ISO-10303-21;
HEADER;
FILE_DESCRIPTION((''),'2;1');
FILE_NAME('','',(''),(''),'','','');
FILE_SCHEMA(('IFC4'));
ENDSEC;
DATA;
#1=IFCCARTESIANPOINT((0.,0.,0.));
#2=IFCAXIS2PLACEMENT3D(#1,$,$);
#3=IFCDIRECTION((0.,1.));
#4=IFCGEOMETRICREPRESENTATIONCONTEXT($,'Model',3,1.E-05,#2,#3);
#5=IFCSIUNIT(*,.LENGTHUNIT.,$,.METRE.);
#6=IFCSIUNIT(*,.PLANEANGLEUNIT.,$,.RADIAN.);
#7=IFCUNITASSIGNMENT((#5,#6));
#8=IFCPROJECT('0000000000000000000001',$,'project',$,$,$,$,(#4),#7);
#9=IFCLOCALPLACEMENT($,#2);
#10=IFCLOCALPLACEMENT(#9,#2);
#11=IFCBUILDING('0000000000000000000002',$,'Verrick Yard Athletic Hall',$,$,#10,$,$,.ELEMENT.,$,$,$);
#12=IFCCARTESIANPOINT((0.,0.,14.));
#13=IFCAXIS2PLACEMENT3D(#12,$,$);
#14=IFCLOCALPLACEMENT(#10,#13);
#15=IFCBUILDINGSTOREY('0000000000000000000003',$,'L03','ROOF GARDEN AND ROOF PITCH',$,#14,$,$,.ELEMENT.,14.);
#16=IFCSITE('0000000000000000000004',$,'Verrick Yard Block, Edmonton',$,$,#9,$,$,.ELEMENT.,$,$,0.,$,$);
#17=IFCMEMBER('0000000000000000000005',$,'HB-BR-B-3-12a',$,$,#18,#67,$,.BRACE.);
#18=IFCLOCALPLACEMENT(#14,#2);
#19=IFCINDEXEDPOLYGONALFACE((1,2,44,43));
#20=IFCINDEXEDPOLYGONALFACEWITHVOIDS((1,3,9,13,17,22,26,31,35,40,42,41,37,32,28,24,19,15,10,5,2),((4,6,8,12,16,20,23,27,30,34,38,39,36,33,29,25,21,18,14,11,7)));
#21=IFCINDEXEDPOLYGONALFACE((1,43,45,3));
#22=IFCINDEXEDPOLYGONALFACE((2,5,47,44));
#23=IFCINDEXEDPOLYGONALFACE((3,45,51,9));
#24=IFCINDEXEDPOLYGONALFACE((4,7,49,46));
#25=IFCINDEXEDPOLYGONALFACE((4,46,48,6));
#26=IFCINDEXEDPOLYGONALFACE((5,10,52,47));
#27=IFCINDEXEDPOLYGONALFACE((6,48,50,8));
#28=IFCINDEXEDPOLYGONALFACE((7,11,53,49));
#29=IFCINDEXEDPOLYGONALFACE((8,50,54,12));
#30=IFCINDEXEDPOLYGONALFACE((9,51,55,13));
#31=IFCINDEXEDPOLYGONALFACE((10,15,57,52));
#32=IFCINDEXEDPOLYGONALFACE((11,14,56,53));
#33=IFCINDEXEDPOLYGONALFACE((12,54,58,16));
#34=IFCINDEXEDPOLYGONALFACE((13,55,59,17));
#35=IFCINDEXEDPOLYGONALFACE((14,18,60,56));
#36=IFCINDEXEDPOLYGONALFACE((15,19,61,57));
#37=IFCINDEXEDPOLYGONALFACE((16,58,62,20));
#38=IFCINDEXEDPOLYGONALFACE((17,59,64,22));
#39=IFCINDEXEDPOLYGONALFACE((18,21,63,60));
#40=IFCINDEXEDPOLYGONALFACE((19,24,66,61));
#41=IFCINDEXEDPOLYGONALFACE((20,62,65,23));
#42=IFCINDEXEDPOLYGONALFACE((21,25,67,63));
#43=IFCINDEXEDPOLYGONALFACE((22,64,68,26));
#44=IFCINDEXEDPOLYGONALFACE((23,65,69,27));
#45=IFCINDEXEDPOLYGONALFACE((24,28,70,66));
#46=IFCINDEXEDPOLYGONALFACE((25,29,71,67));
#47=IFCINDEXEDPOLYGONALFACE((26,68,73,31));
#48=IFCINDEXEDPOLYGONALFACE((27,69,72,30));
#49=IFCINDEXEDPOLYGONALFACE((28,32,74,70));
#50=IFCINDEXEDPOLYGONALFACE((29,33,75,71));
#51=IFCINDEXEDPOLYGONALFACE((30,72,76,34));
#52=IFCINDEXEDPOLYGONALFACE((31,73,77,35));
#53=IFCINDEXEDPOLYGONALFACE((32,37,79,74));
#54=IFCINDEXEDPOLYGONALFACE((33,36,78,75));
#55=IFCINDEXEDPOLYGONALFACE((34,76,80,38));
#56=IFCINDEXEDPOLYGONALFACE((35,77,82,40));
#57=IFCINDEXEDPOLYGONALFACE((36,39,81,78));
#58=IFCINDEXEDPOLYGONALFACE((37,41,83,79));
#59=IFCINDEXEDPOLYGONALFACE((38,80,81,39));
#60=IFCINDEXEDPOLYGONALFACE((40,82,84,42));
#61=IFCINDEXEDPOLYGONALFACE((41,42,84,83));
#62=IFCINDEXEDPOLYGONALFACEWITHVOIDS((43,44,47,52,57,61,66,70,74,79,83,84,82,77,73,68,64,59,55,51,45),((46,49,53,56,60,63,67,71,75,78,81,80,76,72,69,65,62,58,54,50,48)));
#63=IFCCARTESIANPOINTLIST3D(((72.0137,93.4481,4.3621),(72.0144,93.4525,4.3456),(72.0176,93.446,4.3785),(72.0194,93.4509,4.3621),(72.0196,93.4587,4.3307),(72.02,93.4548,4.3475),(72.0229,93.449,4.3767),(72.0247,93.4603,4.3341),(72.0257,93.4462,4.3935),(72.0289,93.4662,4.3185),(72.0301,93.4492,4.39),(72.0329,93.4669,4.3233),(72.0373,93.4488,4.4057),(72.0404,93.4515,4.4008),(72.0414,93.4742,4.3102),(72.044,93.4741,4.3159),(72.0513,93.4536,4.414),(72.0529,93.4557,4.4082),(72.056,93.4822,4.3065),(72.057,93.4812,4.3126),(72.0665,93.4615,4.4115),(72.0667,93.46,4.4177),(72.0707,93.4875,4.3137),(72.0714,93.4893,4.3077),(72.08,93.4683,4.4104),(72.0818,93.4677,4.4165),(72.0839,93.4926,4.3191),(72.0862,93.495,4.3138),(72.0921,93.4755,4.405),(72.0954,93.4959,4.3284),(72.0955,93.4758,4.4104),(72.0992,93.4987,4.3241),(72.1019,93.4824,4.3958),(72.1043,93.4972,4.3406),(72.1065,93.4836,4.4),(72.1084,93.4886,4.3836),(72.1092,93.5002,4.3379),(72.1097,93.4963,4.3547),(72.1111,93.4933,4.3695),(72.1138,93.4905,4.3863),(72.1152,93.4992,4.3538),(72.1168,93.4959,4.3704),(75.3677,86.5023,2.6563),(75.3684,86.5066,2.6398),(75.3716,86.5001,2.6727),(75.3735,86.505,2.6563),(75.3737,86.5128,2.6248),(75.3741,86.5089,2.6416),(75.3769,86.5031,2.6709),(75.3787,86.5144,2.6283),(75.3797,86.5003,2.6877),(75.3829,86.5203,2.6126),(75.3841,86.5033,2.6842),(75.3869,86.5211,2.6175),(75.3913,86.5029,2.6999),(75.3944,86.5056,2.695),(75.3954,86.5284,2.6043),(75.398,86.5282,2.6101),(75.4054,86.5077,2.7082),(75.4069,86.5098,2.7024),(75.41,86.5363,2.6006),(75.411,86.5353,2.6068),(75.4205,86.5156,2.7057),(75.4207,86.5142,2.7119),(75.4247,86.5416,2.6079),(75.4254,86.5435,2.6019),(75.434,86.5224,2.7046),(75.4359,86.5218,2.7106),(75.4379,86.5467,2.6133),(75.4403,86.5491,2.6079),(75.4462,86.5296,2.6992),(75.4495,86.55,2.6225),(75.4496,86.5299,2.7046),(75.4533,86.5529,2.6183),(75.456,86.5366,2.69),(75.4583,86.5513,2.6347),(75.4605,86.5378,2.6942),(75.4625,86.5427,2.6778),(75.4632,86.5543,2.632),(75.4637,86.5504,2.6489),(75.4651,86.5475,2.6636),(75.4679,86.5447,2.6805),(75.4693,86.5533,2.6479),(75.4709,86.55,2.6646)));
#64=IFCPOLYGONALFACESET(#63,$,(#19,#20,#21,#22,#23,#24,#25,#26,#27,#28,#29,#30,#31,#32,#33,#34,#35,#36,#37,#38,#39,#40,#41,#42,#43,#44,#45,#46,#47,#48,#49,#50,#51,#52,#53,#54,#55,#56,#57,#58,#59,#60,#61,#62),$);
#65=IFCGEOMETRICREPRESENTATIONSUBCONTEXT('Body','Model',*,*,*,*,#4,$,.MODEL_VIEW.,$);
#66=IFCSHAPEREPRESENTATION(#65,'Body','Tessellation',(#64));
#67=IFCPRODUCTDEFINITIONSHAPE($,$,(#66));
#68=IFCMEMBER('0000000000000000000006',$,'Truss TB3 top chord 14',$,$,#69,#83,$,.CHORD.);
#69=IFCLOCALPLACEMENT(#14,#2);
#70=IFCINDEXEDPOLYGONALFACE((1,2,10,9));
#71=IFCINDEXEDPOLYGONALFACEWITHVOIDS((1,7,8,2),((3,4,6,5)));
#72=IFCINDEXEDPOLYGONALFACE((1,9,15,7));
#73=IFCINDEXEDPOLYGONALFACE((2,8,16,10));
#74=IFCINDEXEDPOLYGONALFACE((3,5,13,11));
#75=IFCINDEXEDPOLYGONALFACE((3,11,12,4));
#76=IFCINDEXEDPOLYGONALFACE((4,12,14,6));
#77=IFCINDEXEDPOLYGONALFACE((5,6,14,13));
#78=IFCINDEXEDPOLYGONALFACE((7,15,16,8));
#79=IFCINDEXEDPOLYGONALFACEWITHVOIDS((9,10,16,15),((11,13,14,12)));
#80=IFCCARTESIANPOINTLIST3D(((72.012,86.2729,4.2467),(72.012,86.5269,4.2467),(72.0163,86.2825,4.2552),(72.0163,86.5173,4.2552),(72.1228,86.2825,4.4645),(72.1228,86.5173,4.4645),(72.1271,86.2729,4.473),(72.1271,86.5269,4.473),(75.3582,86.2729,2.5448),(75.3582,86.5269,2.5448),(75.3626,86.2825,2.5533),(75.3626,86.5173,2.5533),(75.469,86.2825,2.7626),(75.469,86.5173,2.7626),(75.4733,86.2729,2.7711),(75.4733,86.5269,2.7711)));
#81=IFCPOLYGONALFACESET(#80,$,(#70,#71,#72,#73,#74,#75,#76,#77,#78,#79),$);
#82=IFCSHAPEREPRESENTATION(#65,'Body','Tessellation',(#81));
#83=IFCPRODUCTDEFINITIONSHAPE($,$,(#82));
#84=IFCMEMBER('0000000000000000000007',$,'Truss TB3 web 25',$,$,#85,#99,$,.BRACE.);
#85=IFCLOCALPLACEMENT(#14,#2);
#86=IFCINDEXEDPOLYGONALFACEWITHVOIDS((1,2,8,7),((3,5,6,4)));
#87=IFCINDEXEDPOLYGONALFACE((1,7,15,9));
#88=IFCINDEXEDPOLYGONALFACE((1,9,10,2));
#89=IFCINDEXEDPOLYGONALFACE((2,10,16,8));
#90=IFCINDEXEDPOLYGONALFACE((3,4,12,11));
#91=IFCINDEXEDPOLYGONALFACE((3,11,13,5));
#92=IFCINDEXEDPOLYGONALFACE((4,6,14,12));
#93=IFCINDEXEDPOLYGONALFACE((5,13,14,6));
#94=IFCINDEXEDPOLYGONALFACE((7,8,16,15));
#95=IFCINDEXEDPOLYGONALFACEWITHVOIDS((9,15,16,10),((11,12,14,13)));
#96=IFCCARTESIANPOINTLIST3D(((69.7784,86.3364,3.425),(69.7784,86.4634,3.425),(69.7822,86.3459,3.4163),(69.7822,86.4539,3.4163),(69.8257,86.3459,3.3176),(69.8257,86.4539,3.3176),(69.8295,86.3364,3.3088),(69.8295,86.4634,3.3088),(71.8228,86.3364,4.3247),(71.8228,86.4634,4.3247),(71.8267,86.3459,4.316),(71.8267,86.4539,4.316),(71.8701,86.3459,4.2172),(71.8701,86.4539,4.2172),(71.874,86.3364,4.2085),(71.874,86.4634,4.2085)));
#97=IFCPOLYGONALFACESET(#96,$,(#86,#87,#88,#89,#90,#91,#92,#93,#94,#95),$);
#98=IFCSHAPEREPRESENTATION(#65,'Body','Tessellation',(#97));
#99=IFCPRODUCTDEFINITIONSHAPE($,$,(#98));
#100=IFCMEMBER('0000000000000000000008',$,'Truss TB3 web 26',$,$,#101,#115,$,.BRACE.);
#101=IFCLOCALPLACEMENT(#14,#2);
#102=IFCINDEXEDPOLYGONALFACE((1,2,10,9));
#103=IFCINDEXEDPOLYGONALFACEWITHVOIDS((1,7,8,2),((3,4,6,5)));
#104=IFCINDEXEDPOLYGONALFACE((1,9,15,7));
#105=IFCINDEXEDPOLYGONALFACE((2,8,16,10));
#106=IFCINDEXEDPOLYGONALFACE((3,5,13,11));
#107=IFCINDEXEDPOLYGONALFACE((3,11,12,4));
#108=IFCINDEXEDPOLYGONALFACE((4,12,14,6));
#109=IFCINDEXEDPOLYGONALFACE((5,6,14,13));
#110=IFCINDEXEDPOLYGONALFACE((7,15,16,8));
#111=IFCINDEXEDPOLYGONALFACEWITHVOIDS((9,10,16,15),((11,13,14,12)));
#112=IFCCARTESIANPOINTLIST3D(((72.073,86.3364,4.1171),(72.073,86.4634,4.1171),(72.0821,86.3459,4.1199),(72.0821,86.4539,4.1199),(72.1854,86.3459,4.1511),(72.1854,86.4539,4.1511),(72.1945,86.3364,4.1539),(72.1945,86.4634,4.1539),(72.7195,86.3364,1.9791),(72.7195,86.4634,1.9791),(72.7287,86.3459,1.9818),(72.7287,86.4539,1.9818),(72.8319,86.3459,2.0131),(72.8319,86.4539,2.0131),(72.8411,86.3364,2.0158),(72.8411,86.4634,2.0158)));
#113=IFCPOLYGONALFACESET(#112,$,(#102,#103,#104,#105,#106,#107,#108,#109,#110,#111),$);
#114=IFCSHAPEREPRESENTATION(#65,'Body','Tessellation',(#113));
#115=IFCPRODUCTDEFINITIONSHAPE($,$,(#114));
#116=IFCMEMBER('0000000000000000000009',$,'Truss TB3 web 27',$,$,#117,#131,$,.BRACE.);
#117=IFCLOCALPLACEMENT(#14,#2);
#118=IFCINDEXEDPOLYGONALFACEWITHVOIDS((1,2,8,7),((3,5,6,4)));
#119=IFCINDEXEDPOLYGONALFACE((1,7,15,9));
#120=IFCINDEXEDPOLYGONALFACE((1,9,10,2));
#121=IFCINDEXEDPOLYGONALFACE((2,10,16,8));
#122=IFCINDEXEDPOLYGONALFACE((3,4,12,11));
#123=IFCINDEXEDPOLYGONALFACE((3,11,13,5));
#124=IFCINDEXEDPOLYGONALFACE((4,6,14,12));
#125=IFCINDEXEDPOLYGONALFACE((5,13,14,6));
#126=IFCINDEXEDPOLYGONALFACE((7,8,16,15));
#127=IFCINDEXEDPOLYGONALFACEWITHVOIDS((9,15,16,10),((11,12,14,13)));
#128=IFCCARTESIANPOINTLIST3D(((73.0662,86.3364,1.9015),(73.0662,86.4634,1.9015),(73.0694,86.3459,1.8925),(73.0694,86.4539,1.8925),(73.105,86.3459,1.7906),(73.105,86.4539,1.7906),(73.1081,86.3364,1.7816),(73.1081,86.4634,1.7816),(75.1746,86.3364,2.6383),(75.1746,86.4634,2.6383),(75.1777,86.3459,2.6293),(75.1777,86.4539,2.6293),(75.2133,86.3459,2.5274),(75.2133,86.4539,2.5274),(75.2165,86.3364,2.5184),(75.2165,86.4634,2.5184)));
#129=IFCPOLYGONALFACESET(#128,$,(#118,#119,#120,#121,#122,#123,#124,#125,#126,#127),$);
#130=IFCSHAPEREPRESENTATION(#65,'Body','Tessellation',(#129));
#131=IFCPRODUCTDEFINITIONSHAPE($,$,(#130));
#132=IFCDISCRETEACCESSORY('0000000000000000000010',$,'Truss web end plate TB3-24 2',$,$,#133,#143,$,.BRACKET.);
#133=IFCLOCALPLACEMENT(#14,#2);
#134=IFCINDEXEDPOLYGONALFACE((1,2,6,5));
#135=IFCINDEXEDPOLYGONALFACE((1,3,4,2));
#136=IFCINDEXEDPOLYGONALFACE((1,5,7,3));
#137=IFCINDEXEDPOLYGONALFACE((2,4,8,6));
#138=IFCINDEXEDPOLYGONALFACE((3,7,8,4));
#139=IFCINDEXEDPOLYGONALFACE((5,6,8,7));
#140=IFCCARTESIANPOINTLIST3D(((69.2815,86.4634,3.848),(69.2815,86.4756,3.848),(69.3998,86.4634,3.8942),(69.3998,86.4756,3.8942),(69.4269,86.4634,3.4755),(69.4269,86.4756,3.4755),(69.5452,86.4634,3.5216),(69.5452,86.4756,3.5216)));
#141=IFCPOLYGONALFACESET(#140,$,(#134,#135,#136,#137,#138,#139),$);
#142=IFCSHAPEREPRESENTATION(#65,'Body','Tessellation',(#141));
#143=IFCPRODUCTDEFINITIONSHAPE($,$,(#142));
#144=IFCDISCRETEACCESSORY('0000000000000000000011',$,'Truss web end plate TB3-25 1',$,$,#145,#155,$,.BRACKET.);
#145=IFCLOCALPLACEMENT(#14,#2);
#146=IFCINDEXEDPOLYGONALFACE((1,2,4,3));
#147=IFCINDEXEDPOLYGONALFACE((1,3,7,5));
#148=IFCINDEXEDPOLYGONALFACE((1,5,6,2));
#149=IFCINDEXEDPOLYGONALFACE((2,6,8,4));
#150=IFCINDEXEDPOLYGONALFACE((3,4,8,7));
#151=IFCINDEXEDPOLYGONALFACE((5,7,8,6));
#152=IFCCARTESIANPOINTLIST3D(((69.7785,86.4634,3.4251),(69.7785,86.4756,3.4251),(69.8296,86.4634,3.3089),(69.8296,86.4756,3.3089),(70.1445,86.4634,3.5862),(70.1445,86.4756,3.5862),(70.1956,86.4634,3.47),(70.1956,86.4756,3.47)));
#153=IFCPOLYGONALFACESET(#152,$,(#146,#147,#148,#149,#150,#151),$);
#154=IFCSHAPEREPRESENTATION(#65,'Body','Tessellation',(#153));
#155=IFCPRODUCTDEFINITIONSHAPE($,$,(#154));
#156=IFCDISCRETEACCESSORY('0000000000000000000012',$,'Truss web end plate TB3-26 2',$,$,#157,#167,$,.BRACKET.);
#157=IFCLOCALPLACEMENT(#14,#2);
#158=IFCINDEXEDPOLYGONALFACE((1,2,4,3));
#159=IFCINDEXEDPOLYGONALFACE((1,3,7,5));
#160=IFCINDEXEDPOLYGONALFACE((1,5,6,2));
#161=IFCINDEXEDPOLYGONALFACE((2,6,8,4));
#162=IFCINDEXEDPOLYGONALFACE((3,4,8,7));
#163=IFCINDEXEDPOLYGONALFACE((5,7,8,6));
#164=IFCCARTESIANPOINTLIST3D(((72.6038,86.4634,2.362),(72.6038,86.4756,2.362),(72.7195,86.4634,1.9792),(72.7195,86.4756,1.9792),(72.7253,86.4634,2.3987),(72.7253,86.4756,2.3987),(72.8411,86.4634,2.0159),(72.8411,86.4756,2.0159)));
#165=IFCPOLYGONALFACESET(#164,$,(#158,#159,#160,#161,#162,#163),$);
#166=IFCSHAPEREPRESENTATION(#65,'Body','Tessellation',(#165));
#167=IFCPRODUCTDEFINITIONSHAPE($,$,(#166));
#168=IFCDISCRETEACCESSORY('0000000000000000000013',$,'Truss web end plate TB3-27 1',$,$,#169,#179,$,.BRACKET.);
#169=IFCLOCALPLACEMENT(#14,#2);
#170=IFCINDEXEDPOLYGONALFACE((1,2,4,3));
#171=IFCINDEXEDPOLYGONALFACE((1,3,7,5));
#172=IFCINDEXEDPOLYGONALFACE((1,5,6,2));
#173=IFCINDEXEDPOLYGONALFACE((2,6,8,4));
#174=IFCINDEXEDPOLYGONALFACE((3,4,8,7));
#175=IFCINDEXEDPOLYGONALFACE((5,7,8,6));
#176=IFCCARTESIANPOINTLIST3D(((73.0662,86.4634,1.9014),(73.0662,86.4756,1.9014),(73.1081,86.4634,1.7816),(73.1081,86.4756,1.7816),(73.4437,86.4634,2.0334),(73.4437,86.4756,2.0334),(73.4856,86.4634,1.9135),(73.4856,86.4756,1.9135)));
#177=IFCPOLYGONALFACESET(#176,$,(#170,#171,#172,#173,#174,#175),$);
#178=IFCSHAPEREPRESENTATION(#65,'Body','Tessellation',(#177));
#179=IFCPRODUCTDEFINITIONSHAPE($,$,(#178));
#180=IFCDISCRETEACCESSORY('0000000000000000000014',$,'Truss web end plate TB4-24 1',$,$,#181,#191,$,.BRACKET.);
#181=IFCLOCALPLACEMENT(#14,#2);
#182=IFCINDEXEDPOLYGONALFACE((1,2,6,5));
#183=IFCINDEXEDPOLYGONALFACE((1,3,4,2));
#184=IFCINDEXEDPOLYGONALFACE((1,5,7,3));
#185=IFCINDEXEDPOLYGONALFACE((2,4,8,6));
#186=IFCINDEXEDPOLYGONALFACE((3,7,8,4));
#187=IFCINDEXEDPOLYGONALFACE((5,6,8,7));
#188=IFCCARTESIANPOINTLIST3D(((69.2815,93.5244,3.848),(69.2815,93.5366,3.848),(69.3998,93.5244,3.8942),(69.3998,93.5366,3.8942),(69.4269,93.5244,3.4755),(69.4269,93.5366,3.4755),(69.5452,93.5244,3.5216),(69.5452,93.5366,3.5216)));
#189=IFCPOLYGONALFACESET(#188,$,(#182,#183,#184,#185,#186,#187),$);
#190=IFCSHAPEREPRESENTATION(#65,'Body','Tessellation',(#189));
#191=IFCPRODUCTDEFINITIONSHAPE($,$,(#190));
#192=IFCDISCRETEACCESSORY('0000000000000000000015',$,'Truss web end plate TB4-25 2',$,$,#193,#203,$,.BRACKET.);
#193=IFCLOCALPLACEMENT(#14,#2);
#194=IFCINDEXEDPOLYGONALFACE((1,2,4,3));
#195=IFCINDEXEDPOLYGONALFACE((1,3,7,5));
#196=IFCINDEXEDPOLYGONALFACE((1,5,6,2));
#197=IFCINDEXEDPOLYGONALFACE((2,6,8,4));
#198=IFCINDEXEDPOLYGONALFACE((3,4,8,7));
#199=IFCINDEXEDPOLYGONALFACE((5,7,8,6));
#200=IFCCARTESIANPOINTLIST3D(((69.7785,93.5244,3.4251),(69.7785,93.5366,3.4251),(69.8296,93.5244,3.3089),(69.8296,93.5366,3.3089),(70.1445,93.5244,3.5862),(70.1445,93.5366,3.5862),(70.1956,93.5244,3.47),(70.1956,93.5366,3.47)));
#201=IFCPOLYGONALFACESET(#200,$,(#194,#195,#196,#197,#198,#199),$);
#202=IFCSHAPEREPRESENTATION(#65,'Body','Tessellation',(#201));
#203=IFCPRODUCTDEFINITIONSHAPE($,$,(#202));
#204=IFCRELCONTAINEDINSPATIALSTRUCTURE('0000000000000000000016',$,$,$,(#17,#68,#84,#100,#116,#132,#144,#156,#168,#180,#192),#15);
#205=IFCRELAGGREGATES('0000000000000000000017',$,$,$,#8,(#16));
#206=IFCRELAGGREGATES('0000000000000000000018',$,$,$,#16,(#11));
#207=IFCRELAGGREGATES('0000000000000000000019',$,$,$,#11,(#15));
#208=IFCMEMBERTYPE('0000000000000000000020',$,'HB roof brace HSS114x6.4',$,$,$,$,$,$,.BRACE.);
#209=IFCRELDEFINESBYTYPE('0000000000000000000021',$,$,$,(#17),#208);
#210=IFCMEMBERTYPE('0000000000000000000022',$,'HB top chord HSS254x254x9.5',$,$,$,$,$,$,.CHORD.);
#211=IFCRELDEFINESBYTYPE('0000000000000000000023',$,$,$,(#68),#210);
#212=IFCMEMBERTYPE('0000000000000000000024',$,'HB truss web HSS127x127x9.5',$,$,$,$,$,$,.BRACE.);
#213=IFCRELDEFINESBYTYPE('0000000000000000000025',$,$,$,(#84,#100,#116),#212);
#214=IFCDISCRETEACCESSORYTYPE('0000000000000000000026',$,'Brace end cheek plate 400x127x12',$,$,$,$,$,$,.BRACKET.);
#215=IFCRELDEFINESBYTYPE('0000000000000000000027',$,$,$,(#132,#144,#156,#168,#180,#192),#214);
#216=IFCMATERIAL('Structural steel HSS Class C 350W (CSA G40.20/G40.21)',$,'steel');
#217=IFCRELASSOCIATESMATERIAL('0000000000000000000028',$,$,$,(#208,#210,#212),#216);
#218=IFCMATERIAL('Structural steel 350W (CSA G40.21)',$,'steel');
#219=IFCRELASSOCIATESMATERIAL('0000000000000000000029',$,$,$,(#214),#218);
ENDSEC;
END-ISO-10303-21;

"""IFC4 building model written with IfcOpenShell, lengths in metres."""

from ifc_helpers import new_model, si_unit, direction, frame, origin, origin_2d, place, context, subcontext, project, spatial, rectangle, hollow_rectangle, hollow_circle, extrude, material, material_profile, profile_set, type_object, element, save


model = new_model("IFC4")

# Units and contexts
model_context = context("Model", 3, precision=1e-05, world=origin(), true_north=direction((0.0, 1.0)))
body_context = subcontext(model_context, "Body", "Model", "MODEL_VIEW")
ifc_project = project(units=[si_unit("LENGTHUNIT", "METRE"), si_unit("PLANEANGLEUNIT", "RADIAN")], contexts=[model_context])

# Site, building, storey
site_placement = place(None, origin())
site = spatial("IfcSite", under=ifc_project, at=site_placement, Name="Verrick Yard Block, Edmonton", CompositionType="ELEMENT", RefElevation=0.0)
building_placement = place(site_placement, origin())
building = spatial("IfcBuilding", under=site, at=building_placement, Name="Verrick Yard Athletic Hall", CompositionType="ELEMENT")
storey_placement = place(building_placement, frame((0.0, 0.0, 14.0)))
storey = spatial("IfcBuildingStorey", under=building, at=storey_placement, Name="L03", Description="ROOF GARDEN AND ROOF PITCH", CompositionType="ELEMENT", Elevation=14.0)

# Members
ifc_material_1 = material(Name="Structural steel HSS Class C 350W (CSA G40.20/G40.21)", Category="steel")
ifc_material_profile_1 = material_profile(ifc_material_1, hollow_circle(Radius=0.0571, WallThickness=0.0063, at=origin_2d()), Name="HSS114x6.4")
ifc_profile_set_1 = profile_set([ifc_material_profile_1], Name="Structural steel HSS Class C 350W (CSA G40.20/G40.21)")
member_type_1 = type_object("IfcMemberType", Name="HB roof brace HSS114x6.4", PredefinedType="BRACE", material=ifc_profile_set_1)
member_1_placement = place(storey_placement, frame((75.4192, 86.5271, 2.6562), z_axis=(-0.42458, 0.879263, 0.215937), x_axis=(-0.900508, -0.434839, 0.0)))
element("IfcMember", 1, at=member_1_placement, inside=storey, type_object=member_type_1, Name="HB-BR-B-3-12a", PredefinedType="BRACE", context=body_context, shape_type="SweptSolid", body=[
    extrude(hollow_circle(Radius=0.0571, WallThickness=0.0063, at=origin_2d()), origin(), (0.0, 0.0, 1.0), 7.8997),
])
ifc_material_profile_2 = material_profile(ifc_material_1, hollow_rectangle(XDim=0.2539, YDim=0.2539, WallThickness=0.0095, at=origin_2d()), Name="HSS254x254x9.5")
ifc_profile_set_2 = profile_set([ifc_material_profile_2], Name="Structural steel HSS Class C 350W (CSA G40.20/G40.21)")
member_type_2 = type_object("IfcMemberType", Name="HB top chord HSS254x254x9.5", PredefinedType="CHORD", material=ifc_profile_set_2)
member_2_placement = place(storey_placement, frame((72.0696, 86.3999, 4.3599), z_axis=(0.891337, 0.0, -0.453342), x_axis=(0.0, 1.0, 0.0)))
element("IfcMember", 2, at=member_2_placement, inside=storey, type_object=member_type_2, Name="Truss TB3 top chord 14", PredefinedType="CHORD", context=body_context, shape_type="SweptSolid", body=[
    extrude(hollow_rectangle(XDim=0.2539, YDim=0.2539, WallThickness=0.0095, at=origin_2d()), origin(), (0.0, 0.0, 1.0), 3.7542),
])
ifc_material_profile_3 = material_profile(ifc_material_1, hollow_rectangle(XDim=0.127, YDim=0.127, WallThickness=0.0095, at=origin_2d()), Name="HSS127x127x9.5")
ifc_profile_set_3 = profile_set([ifc_material_profile_3], Name="Structural steel HSS Class C 350W (CSA G40.20/G40.21)")
member_type_3 = type_object("IfcMemberType", Name="HB truss web HSS127x127x9.5", PredefinedType="BRACE", material=ifc_profile_set_3)
for number, where, z_axis, x_axis, name in (
    (3, (69.804, 86.3999, 3.3669), (0.915297, 0.0, 0.402779), (0.0, 1.0, 0.0), "Truss TB3 web 25"),
    (4, (72.1338, 86.3999, 4.1355), (0.289443, 0.0, -0.957195), (0.0, 1.0, 0.0), "Truss TB3 web 26"),
):
    element("IfcMember", number, at=place(storey_placement, frame(where, z_axis=z_axis, x_axis=x_axis)), inside=storey, type_object=member_type_3, Name=name, PredefinedType="BRACE", context=body_context, shape_type="SweptSolid", body=[
        extrude(hollow_rectangle(XDim=0.127, YDim=0.127, WallThickness=0.0095, at=origin_2d()), origin(), (0.0, 0.0, 1.0), 2.2336),
    ])
member_3_placement = place(storey_placement, frame((73.0872, 86.3999, 1.8416), z_axis=(0.944015, 0.0, 0.329902), x_axis=(0.0, 1.0, 0.0)))
element("IfcMember", 5, at=member_3_placement, inside=storey, type_object=member_type_3, Name="Truss TB3 web 27", PredefinedType="BRACE", context=body_context, shape_type="SweptSolid", body=[
    extrude(hollow_rectangle(XDim=0.127, YDim=0.127, WallThickness=0.0095, at=origin_2d()), origin(), (0.0, 0.0, 1.0), 2.2334),
])

# Discrete accessories
ifc_material_2 = material(Name="Structural steel 350W (CSA G40.21)", Category="steel")
ifc_material_profile_4 = material_profile(ifc_material_2, rectangle(XDim=0.3999, YDim=0.127, at=origin_2d()), Name="Brace end cheek plate")
ifc_profile_set_4 = profile_set([ifc_material_profile_4], Name="Structural steel 350W (CSA G40.21)")
discrete_accessory_type_1 = type_object("IfcDiscreteAccessoryType", Name="Brace end cheek plate 400x127x12", PredefinedType="BRACKET", material=ifc_profile_set_4)
for number, where, z_axis, x_axis, name in (
    (6, (69.4133, 86.4634, 3.6848), (0.0, 1.0, 0.0), (-0.363563, 0.0, 0.93157), "Truss web end plate TB3-24 2"),
    (7, (69.9871, 86.4634, 3.4475), (0.0, 1.0, 0.0), (0.915285, 0.0, 0.402806), "Truss web end plate TB3-25 1"),
    (8, (72.7224, 86.4634, 2.189), (0.0, 1.0, 0.0), (-0.289473, 0.0, 0.957186), "Truss web end plate TB3-26 2"),
    (9, (73.2759, 86.4634, 1.9075), (0.0, 1.0, 0.0), (0.944026, 0.0, 0.329872), "Truss web end plate TB3-27 1"),
    (10, (69.4133, 93.5366, 3.6848), (0.0, -1.0, 0.0), (-0.363563, 0.0, 0.93157), "Truss web end plate TB4-24 1"),
    (11, (69.9871, 93.5366, 3.4475), (0.0, -1.0, 0.0), (0.915285, 0.0, 0.402806), "Truss web end plate TB4-25 2"),
):
    element("IfcDiscreteAccessory", number, at=place(storey_placement, frame(where, z_axis=z_axis, x_axis=x_axis)), inside=storey, type_object=discrete_accessory_type_1, Name=name, PredefinedType="BRACKET", context=body_context, shape_type="SweptSolid", body=[
        extrude(rectangle(XDim=0.3999, YDim=0.127, at=origin_2d()), origin(), (0.0, 0.0, 1.0), 0.0122),
    ])

save(model, "model.ifc")
